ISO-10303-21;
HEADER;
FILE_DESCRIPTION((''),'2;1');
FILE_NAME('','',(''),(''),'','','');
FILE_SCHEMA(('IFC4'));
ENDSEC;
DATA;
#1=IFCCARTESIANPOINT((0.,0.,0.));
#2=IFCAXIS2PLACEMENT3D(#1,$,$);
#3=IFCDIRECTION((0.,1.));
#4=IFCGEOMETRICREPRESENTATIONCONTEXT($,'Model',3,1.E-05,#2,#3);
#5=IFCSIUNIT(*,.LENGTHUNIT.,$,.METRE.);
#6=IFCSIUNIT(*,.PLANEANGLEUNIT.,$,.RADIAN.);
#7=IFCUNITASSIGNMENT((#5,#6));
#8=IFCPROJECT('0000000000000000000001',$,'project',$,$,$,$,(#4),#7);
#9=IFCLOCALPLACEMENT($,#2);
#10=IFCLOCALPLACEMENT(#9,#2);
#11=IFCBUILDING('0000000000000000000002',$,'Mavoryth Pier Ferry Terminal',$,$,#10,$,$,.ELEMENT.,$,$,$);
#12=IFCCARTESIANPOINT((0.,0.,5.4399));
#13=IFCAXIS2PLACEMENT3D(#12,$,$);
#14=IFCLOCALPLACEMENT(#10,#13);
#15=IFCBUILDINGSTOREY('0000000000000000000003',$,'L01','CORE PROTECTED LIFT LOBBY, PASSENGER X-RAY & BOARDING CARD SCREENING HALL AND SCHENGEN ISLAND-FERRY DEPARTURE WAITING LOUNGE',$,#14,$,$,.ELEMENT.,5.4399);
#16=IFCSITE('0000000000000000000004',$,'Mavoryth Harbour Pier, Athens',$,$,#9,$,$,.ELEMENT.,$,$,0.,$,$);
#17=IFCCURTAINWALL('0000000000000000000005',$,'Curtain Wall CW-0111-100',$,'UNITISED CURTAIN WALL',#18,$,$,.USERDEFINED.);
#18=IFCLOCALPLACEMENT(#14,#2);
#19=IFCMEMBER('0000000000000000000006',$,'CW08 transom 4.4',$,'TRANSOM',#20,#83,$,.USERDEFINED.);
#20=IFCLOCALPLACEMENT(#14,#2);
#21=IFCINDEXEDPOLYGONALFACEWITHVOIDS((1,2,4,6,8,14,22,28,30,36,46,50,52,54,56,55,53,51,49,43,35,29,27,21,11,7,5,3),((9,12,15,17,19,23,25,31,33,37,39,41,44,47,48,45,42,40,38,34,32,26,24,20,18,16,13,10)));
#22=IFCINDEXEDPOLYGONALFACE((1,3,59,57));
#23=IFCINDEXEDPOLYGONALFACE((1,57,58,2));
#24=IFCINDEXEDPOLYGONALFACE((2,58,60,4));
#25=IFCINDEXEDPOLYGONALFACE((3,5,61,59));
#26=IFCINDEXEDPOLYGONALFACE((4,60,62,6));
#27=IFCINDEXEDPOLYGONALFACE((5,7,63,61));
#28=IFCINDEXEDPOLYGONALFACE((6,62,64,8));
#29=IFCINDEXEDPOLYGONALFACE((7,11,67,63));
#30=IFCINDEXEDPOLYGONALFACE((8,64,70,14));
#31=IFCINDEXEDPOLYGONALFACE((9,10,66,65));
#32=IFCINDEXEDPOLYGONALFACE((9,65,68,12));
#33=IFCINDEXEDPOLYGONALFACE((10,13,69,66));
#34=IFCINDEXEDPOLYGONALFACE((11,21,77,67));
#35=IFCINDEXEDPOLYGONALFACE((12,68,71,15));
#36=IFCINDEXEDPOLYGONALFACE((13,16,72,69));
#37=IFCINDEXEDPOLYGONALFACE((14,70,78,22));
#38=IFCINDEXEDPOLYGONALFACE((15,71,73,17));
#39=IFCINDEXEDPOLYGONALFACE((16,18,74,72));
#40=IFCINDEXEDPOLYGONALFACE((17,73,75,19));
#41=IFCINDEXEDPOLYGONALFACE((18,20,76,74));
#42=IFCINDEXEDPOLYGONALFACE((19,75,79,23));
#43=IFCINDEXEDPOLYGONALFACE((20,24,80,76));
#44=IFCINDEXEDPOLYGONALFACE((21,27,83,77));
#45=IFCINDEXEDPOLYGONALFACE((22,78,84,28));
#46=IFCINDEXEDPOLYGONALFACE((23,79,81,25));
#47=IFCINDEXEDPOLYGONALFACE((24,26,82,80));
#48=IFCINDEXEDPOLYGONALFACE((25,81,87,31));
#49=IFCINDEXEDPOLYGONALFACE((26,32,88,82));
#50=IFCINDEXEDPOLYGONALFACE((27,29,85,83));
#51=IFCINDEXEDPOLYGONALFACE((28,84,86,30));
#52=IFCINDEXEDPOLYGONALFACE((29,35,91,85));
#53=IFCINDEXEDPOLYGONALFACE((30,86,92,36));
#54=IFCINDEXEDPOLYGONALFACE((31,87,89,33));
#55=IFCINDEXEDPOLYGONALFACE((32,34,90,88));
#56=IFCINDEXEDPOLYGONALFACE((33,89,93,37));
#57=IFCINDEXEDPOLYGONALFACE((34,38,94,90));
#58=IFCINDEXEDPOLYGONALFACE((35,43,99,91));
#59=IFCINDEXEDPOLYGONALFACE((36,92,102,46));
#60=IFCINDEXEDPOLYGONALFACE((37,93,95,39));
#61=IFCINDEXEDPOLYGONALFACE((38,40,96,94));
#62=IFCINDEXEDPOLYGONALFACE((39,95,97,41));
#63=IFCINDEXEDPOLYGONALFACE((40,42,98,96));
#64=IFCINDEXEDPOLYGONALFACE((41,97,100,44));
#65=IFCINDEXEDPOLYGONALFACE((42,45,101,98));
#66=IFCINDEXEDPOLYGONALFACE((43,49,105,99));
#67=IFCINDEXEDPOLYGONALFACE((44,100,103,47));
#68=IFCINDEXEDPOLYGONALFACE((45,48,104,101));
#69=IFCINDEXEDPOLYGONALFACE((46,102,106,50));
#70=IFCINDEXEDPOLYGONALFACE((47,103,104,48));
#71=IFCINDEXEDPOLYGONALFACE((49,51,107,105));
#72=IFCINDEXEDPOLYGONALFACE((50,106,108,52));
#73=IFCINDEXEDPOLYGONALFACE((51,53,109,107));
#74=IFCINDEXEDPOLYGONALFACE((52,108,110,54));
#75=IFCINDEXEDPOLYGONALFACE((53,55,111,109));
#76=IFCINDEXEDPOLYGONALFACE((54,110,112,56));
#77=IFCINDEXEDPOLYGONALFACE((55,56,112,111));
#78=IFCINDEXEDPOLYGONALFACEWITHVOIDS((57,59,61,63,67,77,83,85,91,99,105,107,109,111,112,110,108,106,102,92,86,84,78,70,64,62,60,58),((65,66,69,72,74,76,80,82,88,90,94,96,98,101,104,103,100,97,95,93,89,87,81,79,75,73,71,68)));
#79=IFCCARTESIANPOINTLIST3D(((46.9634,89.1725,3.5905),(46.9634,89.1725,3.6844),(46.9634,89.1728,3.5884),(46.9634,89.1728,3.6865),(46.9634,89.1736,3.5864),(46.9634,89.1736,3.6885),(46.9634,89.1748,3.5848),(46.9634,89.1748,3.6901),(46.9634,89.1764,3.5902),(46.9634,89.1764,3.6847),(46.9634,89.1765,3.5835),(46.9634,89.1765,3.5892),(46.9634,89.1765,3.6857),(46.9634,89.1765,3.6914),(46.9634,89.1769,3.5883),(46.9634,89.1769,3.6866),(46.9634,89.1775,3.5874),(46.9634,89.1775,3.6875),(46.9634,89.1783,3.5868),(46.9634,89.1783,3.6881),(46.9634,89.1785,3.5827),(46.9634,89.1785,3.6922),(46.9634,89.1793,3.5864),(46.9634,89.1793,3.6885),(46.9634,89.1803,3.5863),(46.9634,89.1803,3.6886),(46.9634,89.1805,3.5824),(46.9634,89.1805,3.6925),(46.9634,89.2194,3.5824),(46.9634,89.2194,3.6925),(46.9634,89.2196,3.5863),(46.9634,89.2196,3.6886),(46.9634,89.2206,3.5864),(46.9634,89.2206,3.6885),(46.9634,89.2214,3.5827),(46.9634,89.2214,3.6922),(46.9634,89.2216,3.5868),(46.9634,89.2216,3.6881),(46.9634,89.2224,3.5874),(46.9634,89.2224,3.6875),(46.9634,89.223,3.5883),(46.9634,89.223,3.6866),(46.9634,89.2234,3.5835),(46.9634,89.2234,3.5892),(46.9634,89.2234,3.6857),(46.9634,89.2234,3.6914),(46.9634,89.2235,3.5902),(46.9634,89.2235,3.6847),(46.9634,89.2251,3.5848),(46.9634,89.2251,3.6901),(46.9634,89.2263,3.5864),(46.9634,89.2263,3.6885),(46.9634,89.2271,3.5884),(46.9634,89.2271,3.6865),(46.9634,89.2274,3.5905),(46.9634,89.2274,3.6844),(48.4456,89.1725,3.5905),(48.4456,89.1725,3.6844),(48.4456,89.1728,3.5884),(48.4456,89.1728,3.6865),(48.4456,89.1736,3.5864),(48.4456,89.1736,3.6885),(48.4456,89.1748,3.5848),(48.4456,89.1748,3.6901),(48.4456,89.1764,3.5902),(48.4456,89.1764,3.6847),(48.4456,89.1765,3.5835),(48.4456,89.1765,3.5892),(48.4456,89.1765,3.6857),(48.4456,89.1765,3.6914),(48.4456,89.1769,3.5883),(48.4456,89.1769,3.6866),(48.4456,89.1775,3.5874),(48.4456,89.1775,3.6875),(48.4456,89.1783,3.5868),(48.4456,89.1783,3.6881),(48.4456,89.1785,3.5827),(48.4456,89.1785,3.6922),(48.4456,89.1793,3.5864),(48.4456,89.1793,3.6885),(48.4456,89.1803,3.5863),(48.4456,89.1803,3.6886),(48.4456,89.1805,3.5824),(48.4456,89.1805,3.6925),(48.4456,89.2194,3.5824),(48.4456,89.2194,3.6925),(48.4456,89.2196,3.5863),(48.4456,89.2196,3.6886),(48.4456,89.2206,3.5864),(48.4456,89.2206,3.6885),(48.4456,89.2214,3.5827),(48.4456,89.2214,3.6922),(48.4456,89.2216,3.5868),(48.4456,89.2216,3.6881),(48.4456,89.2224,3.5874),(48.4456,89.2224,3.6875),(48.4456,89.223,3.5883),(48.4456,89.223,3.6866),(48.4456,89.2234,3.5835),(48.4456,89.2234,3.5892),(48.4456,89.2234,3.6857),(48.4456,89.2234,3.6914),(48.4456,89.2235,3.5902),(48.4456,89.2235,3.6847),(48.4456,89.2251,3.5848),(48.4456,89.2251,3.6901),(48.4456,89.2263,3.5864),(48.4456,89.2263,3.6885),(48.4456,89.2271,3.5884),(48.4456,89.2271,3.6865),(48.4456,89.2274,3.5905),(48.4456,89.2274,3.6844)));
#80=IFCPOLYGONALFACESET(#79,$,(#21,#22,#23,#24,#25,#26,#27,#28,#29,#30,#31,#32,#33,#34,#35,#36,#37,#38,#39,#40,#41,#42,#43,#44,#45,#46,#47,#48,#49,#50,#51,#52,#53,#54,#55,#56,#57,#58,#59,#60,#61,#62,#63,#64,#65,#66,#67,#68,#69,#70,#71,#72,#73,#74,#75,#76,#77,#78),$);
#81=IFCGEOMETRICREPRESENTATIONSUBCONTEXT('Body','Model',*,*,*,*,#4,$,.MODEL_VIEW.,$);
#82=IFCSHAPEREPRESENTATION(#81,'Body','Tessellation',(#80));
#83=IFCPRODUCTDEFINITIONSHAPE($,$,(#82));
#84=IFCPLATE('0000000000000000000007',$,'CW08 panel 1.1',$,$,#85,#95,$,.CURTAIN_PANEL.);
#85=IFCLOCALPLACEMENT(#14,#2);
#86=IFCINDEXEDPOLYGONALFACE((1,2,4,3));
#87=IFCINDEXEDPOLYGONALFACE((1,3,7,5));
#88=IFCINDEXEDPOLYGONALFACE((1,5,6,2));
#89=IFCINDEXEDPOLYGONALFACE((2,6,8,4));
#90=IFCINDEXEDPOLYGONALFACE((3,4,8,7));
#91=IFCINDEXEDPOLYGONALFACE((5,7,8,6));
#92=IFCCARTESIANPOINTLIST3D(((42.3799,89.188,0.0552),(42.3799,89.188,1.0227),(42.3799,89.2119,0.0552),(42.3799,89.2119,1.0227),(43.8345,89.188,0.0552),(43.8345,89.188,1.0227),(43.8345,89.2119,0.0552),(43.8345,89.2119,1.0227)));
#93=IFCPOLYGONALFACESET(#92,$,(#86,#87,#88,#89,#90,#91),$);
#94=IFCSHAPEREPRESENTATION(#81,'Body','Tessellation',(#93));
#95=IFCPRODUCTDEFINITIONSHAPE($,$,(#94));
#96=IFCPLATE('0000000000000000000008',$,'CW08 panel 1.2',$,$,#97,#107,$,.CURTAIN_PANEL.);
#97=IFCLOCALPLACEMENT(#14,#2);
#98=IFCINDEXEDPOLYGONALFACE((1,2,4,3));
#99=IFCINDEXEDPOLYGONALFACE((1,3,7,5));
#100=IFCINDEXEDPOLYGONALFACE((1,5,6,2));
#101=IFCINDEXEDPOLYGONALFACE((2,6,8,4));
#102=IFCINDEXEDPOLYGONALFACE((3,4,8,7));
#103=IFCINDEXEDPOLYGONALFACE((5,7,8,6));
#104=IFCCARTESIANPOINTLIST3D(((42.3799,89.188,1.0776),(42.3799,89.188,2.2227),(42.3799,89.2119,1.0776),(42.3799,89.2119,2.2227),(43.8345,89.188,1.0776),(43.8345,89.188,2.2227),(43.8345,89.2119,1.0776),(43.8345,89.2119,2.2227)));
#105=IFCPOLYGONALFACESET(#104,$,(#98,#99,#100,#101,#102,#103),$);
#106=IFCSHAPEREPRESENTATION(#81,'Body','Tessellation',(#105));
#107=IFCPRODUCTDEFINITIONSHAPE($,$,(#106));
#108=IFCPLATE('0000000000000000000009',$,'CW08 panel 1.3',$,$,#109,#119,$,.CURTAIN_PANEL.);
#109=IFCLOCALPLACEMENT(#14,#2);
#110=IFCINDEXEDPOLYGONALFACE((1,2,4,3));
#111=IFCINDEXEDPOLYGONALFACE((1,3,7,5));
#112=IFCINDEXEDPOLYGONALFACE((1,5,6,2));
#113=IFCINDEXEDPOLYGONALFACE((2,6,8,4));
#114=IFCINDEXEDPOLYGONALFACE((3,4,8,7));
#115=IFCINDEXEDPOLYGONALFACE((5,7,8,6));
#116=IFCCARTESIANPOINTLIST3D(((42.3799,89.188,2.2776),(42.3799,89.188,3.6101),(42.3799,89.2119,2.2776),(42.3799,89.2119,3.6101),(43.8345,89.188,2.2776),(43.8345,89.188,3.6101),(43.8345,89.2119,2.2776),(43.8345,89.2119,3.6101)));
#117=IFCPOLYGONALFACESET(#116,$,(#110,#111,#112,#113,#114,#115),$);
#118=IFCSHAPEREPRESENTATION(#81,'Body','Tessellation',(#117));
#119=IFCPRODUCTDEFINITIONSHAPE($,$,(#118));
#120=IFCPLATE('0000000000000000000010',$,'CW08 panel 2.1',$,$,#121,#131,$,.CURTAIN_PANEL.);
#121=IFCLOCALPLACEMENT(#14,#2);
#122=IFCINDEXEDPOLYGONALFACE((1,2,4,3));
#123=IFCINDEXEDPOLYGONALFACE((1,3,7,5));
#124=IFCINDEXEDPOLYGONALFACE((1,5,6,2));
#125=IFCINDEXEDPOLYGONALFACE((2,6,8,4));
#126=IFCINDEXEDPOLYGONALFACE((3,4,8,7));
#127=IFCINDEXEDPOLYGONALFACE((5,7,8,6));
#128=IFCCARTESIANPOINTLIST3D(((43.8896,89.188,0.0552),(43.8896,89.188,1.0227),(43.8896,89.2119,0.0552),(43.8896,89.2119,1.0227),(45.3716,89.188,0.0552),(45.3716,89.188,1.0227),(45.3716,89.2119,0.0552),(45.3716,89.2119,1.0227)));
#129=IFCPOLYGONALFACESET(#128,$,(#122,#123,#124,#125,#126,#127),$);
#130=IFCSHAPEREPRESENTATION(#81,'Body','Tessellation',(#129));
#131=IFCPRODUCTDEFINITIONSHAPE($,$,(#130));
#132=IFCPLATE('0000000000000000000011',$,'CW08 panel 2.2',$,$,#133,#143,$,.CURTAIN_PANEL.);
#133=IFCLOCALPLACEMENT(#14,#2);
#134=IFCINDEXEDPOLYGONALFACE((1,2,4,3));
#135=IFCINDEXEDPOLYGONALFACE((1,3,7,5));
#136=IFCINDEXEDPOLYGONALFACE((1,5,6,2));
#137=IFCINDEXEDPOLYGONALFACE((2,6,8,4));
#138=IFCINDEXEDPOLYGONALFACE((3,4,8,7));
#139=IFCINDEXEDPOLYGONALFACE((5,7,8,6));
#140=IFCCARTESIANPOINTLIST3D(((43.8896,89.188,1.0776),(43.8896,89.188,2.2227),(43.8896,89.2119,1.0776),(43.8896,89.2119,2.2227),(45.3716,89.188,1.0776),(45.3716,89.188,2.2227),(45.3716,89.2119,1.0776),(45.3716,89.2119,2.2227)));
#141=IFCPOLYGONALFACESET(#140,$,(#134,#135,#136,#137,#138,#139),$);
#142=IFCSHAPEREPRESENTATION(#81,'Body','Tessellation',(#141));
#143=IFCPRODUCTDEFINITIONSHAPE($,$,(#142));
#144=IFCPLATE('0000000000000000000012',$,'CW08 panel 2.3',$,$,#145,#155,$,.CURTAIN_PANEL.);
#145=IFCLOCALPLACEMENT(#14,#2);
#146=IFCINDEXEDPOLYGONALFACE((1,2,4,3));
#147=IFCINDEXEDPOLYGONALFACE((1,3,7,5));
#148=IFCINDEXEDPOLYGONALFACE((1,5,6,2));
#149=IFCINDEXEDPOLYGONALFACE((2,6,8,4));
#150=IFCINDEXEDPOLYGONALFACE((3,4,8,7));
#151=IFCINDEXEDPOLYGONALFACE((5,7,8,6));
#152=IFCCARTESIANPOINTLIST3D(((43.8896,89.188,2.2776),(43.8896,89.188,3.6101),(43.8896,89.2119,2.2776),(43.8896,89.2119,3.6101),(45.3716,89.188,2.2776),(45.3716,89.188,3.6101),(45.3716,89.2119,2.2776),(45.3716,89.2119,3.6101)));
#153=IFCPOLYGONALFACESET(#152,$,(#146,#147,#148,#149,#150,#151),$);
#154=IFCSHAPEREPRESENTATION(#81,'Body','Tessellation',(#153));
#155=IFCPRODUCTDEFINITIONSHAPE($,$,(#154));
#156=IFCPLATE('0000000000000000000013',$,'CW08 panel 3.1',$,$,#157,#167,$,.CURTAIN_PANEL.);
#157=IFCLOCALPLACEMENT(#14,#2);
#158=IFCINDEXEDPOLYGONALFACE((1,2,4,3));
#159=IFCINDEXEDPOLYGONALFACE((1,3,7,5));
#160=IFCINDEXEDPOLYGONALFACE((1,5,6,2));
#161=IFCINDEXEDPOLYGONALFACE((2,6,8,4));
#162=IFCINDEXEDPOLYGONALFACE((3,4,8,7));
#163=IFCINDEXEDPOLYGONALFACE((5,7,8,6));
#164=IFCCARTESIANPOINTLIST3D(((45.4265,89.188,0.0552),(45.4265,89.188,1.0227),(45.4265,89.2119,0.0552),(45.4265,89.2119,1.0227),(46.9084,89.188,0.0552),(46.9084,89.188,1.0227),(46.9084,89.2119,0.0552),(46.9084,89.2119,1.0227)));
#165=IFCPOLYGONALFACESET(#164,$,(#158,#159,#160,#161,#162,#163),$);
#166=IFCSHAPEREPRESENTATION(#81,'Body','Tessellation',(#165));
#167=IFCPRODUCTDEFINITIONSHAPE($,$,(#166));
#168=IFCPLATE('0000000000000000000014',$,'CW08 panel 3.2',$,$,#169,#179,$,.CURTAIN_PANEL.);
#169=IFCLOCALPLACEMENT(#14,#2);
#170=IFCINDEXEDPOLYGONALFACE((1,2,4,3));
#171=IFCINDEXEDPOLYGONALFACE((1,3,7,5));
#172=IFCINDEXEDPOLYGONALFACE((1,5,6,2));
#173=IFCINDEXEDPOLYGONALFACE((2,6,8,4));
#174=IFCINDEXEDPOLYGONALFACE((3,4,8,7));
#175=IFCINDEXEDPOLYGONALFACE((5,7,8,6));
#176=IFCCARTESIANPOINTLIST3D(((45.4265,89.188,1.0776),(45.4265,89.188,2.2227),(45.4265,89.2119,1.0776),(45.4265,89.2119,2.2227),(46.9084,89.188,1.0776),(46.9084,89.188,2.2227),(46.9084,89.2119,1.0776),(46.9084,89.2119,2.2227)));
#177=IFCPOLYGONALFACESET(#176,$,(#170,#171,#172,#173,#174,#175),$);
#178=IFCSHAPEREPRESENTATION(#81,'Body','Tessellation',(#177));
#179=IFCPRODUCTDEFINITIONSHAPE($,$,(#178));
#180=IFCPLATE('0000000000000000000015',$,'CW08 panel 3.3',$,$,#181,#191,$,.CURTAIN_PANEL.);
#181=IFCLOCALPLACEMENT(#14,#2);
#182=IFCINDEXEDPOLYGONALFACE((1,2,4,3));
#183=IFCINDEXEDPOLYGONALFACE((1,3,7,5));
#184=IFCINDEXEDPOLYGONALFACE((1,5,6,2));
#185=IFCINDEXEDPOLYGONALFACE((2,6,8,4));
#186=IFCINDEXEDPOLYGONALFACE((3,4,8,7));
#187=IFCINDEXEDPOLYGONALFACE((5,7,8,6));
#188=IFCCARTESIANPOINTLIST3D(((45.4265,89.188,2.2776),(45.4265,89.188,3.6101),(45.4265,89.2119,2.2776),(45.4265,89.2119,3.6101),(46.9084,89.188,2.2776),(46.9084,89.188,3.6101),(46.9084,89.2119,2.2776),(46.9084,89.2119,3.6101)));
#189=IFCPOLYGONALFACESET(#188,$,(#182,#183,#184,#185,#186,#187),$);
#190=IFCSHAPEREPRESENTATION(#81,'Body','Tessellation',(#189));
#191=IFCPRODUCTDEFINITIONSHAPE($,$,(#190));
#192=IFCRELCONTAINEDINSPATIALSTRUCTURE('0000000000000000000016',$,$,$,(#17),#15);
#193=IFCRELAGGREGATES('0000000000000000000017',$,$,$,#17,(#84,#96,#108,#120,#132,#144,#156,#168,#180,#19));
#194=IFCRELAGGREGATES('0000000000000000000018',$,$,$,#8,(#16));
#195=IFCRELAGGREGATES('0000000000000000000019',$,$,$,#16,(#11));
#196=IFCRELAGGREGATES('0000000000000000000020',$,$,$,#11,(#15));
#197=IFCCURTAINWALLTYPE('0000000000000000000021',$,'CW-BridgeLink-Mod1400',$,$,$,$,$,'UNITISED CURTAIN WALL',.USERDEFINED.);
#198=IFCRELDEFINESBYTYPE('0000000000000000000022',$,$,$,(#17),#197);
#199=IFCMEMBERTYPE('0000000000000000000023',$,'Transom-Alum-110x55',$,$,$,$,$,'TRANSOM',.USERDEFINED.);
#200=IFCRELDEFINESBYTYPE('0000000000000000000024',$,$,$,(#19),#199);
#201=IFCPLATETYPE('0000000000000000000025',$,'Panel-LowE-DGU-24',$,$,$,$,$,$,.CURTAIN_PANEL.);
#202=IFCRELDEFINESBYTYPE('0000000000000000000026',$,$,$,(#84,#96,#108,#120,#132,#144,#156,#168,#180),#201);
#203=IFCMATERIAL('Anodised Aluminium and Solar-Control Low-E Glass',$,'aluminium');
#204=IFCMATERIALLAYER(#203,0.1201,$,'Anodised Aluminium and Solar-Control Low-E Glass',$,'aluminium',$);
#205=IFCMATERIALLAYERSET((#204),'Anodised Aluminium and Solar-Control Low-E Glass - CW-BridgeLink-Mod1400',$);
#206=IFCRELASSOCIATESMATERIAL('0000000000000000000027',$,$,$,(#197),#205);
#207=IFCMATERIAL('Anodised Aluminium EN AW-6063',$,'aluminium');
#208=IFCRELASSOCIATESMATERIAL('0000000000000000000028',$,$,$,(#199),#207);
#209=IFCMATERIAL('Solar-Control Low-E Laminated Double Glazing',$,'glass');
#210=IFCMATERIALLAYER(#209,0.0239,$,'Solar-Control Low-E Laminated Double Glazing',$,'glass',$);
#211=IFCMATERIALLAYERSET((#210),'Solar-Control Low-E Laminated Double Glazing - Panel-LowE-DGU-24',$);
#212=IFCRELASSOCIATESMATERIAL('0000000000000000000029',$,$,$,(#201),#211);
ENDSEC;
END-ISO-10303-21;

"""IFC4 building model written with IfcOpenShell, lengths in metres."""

from ifc_helpers import new_model, si_unit, direction, frame, origin, origin_2d, place, context, subcontext, project, spatial, rectangle, hollow_rectangle, extrude, material, layer, layer_set, material_profile, profile_set, type_object, element, aggregate, save


model = new_model("IFC4")

# Units and contexts
model_context = context("Model", 3, precision=1e-05, world=origin(), true_north=direction((0.0, 1.0)))
body_context = subcontext(model_context, "Body", "Model", "MODEL_VIEW")
ifc_project = project(units=[si_unit("LENGTHUNIT", "METRE"), si_unit("PLANEANGLEUNIT", "RADIAN")], contexts=[model_context])

# Site, building, storey
site_placement = place(None, origin())
site = spatial("IfcSite", under=ifc_project, at=site_placement, Name="Mavoryth Harbour Pier, Athens", CompositionType="ELEMENT", RefElevation=0.0)
building_placement = place(site_placement, origin())
building = spatial("IfcBuilding", under=site, at=building_placement, Name="Mavoryth Pier Ferry Terminal", CompositionType="ELEMENT")
storey_placement = place(building_placement, frame((0.0, 0.0, 5.4399)))
storey = spatial("IfcBuildingStorey", under=building, at=storey_placement, Name="L01", Description="CORE PROTECTED LIFT LOBBY, PASSENGER X-RAY & BOARDING CARD SCREENING HALL AND SCHENGEN ISLAND-FERRY DEPARTURE WAITING LOUNGE", CompositionType="ELEMENT", Elevation=5.4399)

# Curtain wall
ifc_material_1 = material(Name="Anodised Aluminium and Solar-Control Low-E Glass", Category="aluminium")
ifc_layer_1 = layer(ifc_material_1, 0.1201, Name="Anodised Aluminium and Solar-Control Low-E Glass", Category="aluminium")
ifc_layer_set_1 = layer_set([ifc_layer_1], Name="Anodised Aluminium and Solar-Control Low-E Glass - CW-BridgeLink-Mod1400")
curtain_wall_type = type_object("IfcCurtainWallType", Name="CW-BridgeLink-Mod1400", ElementType="UNITISED CURTAIN WALL", PredefinedType="USERDEFINED", material=ifc_layer_set_1)
curtain_wall_placement = place(storey_placement, origin())
curtain_wall = element("IfcCurtainWall", 1, at=curtain_wall_placement, inside=storey, type_object=curtain_wall_type, Name="Curtain Wall CW-0111-100", ObjectType="UNITISED CURTAIN WALL", PredefinedType="USERDEFINED")
ifc_material_2 = material(Name="Anodised Aluminium EN AW-6063", Category="aluminium")

# Member
ifc_material_profile_1 = material_profile(ifc_material_2, hollow_rectangle(XDim=0.0549, YDim=0.1101, WallThickness=0.0039, InnerFilletRadius=0.0039, OuterFilletRadius=0.0081, at=origin_2d()), Name="AL-TRAN 110x55x4", Category="aluminium")
ifc_profile_set_1 = profile_set([ifc_material_profile_1], Name="Anodised Aluminium EN AW-6063 - AL-TRAN 110x55x4")
member_type_1 = type_object("IfcMemberType", Name="Transom-Alum-110x55", ElementType="TRANSOM", PredefinedType="USERDEFINED", material=ifc_profile_set_1)
member_1_placement = place(storey_placement, frame((46.9634, 89.2, 3.6375), z_axis=(1.0, 0.0, 0.0), x_axis=(0.0, 1.0, 0.0)))
member_1 = element("IfcMember", 2, at=member_1_placement, type_object=member_type_1, Name="CW08 transom 4.4", ObjectType="TRANSOM", PredefinedType="USERDEFINED", context=body_context, shape_type="SweptSolid", body=[
    extrude(hollow_rectangle(XDim=0.0549, YDim=0.1101, WallThickness=0.0039, InnerFilletRadius=0.0039, OuterFilletRadius=0.0081, at=origin_2d()), origin(), (0.0, 0.0, 1.0), 1.4822),
])

# Plates
ifc_material_3 = material(Name="Solar-Control Low-E Laminated Double Glazing", Category="glass")
ifc_layer_2 = layer(ifc_material_3, 0.0239, Name="Solar-Control Low-E Laminated Double Glazing", Category="glass")
ifc_layer_set_2 = layer_set([ifc_layer_2], Name="Solar-Control Low-E Laminated Double Glazing - Panel-LowE-DGU-24")
plate_type = type_object("IfcPlateType", Name="Panel-LowE-DGU-24", PredefinedType="CURTAIN_PANEL", material=ifc_layer_set_2)
plate_1_placement = place(storey_placement, frame((43.1072, 89.2, 0.0552), z_axis=(0.0, 0.0, 1.0), x_axis=(1.0, 0.0, 0.0)))
plate_1 = element("IfcPlate", 3, at=plate_1_placement, type_object=plate_type, Name="CW08 panel 1.1", PredefinedType="CURTAIN_PANEL", context=body_context, shape_type="SweptSolid", body=[
    extrude(rectangle(XDim=1.4546, YDim=0.0239, at=origin_2d()), origin(), (0.0, 0.0, 1.0), 0.9675),
])
plate_2_placement = place(storey_placement, frame((43.1072, 89.2, 1.0776), z_axis=(0.0, 0.0, 1.0), x_axis=(1.0, 0.0, 0.0)))
plate_2 = element("IfcPlate", 4, at=plate_2_placement, type_object=plate_type, Name="CW08 panel 1.2", PredefinedType="CURTAIN_PANEL", context=body_context, shape_type="SweptSolid", body=[
    extrude(rectangle(XDim=1.4546, YDim=0.0239, at=origin_2d()), origin(), (0.0, 0.0, 1.0), 1.145),
])
plate_3_placement = place(storey_placement, frame((43.1072, 89.2, 2.2776), z_axis=(0.0, 0.0, 1.0), x_axis=(1.0, 0.0, 0.0)))
plate_3 = element("IfcPlate", 5, at=plate_3_placement, type_object=plate_type, Name="CW08 panel 1.3", PredefinedType="CURTAIN_PANEL", context=body_context, shape_type="SweptSolid", body=[
    extrude(rectangle(XDim=1.4546, YDim=0.0239, at=origin_2d()), origin(), (0.0, 0.0, 1.0), 1.3325),
])
plate_4_placement = place(storey_placement, frame((44.6306, 89.2, 0.0552), z_axis=(0.0, 0.0, 1.0), x_axis=(1.0, 0.0, 0.0)))
plate_4 = element("IfcPlate", 6, at=plate_4_placement, type_object=plate_type, Name="CW08 panel 2.1", PredefinedType="CURTAIN_PANEL", context=body_context, shape_type="SweptSolid", body=[
    extrude(rectangle(XDim=1.4819, YDim=0.0239, at=origin_2d()), origin(), (0.0, 0.0, 1.0), 0.9675),
])
plate_5_placement = place(storey_placement, frame((44.6306, 89.2, 1.0776), z_axis=(0.0, 0.0, 1.0), x_axis=(1.0, 0.0, 0.0)))
plate_5 = element("IfcPlate", 7, at=plate_5_placement, type_object=plate_type, Name="CW08 panel 2.2", PredefinedType="CURTAIN_PANEL", context=body_context, shape_type="SweptSolid", body=[
    extrude(rectangle(XDim=1.4819, YDim=0.0239, at=origin_2d()), origin(), (0.0, 0.0, 1.0), 1.145),
])
plate_6_placement = place(storey_placement, frame((44.6306, 89.2, 2.2776), z_axis=(0.0, 0.0, 1.0), x_axis=(1.0, 0.0, 0.0)))
plate_6 = element("IfcPlate", 8, at=plate_6_placement, type_object=plate_type, Name="CW08 panel 2.3", PredefinedType="CURTAIN_PANEL", context=body_context, shape_type="SweptSolid", body=[
    extrude(rectangle(XDim=1.4819, YDim=0.0239, at=origin_2d()), origin(), (0.0, 0.0, 1.0), 1.3325),
])
plate_7_placement = place(storey_placement, frame((46.1675, 89.2, 0.0552), z_axis=(0.0, 0.0, 1.0), x_axis=(1.0, 0.0, 0.0)))
plate_7 = element("IfcPlate", 9, at=plate_7_placement, type_object=plate_type, Name="CW08 panel 3.1", PredefinedType="CURTAIN_PANEL", context=body_context, shape_type="SweptSolid", body=[
    extrude(rectangle(XDim=1.4819, YDim=0.0239, at=origin_2d()), origin(), (0.0, 0.0, 1.0), 0.9675),
])
plate_8_placement = place(storey_placement, frame((46.1675, 89.2, 1.0776), z_axis=(0.0, 0.0, 1.0), x_axis=(1.0, 0.0, 0.0)))
plate_8 = element("IfcPlate", 10, at=plate_8_placement, type_object=plate_type, Name="CW08 panel 3.2", PredefinedType="CURTAIN_PANEL", context=body_context, shape_type="SweptSolid", body=[
    extrude(rectangle(XDim=1.4819, YDim=0.0239, at=origin_2d()), origin(), (0.0, 0.0, 1.0), 1.145),
])
plate_9_placement = place(storey_placement, frame((46.1675, 89.2, 2.2776), z_axis=(0.0, 0.0, 1.0), x_axis=(1.0, 0.0, 0.0)))
plate_9 = element("IfcPlate", 11, at=plate_9_placement, type_object=plate_type, Name="CW08 panel 3.3", PredefinedType="CURTAIN_PANEL", context=body_context, shape_type="SweptSolid", body=[
    extrude(rectangle(XDim=1.4819, YDim=0.0239, at=origin_2d()), origin(), (0.0, 0.0, 1.0), 1.3325),
])
aggregate(curtain_wall, [plate_1, plate_2, plate_3, plate_4, plate_5, plate_6, plate_7, plate_8, plate_9, member_1])

save(model, "model.ifc")
